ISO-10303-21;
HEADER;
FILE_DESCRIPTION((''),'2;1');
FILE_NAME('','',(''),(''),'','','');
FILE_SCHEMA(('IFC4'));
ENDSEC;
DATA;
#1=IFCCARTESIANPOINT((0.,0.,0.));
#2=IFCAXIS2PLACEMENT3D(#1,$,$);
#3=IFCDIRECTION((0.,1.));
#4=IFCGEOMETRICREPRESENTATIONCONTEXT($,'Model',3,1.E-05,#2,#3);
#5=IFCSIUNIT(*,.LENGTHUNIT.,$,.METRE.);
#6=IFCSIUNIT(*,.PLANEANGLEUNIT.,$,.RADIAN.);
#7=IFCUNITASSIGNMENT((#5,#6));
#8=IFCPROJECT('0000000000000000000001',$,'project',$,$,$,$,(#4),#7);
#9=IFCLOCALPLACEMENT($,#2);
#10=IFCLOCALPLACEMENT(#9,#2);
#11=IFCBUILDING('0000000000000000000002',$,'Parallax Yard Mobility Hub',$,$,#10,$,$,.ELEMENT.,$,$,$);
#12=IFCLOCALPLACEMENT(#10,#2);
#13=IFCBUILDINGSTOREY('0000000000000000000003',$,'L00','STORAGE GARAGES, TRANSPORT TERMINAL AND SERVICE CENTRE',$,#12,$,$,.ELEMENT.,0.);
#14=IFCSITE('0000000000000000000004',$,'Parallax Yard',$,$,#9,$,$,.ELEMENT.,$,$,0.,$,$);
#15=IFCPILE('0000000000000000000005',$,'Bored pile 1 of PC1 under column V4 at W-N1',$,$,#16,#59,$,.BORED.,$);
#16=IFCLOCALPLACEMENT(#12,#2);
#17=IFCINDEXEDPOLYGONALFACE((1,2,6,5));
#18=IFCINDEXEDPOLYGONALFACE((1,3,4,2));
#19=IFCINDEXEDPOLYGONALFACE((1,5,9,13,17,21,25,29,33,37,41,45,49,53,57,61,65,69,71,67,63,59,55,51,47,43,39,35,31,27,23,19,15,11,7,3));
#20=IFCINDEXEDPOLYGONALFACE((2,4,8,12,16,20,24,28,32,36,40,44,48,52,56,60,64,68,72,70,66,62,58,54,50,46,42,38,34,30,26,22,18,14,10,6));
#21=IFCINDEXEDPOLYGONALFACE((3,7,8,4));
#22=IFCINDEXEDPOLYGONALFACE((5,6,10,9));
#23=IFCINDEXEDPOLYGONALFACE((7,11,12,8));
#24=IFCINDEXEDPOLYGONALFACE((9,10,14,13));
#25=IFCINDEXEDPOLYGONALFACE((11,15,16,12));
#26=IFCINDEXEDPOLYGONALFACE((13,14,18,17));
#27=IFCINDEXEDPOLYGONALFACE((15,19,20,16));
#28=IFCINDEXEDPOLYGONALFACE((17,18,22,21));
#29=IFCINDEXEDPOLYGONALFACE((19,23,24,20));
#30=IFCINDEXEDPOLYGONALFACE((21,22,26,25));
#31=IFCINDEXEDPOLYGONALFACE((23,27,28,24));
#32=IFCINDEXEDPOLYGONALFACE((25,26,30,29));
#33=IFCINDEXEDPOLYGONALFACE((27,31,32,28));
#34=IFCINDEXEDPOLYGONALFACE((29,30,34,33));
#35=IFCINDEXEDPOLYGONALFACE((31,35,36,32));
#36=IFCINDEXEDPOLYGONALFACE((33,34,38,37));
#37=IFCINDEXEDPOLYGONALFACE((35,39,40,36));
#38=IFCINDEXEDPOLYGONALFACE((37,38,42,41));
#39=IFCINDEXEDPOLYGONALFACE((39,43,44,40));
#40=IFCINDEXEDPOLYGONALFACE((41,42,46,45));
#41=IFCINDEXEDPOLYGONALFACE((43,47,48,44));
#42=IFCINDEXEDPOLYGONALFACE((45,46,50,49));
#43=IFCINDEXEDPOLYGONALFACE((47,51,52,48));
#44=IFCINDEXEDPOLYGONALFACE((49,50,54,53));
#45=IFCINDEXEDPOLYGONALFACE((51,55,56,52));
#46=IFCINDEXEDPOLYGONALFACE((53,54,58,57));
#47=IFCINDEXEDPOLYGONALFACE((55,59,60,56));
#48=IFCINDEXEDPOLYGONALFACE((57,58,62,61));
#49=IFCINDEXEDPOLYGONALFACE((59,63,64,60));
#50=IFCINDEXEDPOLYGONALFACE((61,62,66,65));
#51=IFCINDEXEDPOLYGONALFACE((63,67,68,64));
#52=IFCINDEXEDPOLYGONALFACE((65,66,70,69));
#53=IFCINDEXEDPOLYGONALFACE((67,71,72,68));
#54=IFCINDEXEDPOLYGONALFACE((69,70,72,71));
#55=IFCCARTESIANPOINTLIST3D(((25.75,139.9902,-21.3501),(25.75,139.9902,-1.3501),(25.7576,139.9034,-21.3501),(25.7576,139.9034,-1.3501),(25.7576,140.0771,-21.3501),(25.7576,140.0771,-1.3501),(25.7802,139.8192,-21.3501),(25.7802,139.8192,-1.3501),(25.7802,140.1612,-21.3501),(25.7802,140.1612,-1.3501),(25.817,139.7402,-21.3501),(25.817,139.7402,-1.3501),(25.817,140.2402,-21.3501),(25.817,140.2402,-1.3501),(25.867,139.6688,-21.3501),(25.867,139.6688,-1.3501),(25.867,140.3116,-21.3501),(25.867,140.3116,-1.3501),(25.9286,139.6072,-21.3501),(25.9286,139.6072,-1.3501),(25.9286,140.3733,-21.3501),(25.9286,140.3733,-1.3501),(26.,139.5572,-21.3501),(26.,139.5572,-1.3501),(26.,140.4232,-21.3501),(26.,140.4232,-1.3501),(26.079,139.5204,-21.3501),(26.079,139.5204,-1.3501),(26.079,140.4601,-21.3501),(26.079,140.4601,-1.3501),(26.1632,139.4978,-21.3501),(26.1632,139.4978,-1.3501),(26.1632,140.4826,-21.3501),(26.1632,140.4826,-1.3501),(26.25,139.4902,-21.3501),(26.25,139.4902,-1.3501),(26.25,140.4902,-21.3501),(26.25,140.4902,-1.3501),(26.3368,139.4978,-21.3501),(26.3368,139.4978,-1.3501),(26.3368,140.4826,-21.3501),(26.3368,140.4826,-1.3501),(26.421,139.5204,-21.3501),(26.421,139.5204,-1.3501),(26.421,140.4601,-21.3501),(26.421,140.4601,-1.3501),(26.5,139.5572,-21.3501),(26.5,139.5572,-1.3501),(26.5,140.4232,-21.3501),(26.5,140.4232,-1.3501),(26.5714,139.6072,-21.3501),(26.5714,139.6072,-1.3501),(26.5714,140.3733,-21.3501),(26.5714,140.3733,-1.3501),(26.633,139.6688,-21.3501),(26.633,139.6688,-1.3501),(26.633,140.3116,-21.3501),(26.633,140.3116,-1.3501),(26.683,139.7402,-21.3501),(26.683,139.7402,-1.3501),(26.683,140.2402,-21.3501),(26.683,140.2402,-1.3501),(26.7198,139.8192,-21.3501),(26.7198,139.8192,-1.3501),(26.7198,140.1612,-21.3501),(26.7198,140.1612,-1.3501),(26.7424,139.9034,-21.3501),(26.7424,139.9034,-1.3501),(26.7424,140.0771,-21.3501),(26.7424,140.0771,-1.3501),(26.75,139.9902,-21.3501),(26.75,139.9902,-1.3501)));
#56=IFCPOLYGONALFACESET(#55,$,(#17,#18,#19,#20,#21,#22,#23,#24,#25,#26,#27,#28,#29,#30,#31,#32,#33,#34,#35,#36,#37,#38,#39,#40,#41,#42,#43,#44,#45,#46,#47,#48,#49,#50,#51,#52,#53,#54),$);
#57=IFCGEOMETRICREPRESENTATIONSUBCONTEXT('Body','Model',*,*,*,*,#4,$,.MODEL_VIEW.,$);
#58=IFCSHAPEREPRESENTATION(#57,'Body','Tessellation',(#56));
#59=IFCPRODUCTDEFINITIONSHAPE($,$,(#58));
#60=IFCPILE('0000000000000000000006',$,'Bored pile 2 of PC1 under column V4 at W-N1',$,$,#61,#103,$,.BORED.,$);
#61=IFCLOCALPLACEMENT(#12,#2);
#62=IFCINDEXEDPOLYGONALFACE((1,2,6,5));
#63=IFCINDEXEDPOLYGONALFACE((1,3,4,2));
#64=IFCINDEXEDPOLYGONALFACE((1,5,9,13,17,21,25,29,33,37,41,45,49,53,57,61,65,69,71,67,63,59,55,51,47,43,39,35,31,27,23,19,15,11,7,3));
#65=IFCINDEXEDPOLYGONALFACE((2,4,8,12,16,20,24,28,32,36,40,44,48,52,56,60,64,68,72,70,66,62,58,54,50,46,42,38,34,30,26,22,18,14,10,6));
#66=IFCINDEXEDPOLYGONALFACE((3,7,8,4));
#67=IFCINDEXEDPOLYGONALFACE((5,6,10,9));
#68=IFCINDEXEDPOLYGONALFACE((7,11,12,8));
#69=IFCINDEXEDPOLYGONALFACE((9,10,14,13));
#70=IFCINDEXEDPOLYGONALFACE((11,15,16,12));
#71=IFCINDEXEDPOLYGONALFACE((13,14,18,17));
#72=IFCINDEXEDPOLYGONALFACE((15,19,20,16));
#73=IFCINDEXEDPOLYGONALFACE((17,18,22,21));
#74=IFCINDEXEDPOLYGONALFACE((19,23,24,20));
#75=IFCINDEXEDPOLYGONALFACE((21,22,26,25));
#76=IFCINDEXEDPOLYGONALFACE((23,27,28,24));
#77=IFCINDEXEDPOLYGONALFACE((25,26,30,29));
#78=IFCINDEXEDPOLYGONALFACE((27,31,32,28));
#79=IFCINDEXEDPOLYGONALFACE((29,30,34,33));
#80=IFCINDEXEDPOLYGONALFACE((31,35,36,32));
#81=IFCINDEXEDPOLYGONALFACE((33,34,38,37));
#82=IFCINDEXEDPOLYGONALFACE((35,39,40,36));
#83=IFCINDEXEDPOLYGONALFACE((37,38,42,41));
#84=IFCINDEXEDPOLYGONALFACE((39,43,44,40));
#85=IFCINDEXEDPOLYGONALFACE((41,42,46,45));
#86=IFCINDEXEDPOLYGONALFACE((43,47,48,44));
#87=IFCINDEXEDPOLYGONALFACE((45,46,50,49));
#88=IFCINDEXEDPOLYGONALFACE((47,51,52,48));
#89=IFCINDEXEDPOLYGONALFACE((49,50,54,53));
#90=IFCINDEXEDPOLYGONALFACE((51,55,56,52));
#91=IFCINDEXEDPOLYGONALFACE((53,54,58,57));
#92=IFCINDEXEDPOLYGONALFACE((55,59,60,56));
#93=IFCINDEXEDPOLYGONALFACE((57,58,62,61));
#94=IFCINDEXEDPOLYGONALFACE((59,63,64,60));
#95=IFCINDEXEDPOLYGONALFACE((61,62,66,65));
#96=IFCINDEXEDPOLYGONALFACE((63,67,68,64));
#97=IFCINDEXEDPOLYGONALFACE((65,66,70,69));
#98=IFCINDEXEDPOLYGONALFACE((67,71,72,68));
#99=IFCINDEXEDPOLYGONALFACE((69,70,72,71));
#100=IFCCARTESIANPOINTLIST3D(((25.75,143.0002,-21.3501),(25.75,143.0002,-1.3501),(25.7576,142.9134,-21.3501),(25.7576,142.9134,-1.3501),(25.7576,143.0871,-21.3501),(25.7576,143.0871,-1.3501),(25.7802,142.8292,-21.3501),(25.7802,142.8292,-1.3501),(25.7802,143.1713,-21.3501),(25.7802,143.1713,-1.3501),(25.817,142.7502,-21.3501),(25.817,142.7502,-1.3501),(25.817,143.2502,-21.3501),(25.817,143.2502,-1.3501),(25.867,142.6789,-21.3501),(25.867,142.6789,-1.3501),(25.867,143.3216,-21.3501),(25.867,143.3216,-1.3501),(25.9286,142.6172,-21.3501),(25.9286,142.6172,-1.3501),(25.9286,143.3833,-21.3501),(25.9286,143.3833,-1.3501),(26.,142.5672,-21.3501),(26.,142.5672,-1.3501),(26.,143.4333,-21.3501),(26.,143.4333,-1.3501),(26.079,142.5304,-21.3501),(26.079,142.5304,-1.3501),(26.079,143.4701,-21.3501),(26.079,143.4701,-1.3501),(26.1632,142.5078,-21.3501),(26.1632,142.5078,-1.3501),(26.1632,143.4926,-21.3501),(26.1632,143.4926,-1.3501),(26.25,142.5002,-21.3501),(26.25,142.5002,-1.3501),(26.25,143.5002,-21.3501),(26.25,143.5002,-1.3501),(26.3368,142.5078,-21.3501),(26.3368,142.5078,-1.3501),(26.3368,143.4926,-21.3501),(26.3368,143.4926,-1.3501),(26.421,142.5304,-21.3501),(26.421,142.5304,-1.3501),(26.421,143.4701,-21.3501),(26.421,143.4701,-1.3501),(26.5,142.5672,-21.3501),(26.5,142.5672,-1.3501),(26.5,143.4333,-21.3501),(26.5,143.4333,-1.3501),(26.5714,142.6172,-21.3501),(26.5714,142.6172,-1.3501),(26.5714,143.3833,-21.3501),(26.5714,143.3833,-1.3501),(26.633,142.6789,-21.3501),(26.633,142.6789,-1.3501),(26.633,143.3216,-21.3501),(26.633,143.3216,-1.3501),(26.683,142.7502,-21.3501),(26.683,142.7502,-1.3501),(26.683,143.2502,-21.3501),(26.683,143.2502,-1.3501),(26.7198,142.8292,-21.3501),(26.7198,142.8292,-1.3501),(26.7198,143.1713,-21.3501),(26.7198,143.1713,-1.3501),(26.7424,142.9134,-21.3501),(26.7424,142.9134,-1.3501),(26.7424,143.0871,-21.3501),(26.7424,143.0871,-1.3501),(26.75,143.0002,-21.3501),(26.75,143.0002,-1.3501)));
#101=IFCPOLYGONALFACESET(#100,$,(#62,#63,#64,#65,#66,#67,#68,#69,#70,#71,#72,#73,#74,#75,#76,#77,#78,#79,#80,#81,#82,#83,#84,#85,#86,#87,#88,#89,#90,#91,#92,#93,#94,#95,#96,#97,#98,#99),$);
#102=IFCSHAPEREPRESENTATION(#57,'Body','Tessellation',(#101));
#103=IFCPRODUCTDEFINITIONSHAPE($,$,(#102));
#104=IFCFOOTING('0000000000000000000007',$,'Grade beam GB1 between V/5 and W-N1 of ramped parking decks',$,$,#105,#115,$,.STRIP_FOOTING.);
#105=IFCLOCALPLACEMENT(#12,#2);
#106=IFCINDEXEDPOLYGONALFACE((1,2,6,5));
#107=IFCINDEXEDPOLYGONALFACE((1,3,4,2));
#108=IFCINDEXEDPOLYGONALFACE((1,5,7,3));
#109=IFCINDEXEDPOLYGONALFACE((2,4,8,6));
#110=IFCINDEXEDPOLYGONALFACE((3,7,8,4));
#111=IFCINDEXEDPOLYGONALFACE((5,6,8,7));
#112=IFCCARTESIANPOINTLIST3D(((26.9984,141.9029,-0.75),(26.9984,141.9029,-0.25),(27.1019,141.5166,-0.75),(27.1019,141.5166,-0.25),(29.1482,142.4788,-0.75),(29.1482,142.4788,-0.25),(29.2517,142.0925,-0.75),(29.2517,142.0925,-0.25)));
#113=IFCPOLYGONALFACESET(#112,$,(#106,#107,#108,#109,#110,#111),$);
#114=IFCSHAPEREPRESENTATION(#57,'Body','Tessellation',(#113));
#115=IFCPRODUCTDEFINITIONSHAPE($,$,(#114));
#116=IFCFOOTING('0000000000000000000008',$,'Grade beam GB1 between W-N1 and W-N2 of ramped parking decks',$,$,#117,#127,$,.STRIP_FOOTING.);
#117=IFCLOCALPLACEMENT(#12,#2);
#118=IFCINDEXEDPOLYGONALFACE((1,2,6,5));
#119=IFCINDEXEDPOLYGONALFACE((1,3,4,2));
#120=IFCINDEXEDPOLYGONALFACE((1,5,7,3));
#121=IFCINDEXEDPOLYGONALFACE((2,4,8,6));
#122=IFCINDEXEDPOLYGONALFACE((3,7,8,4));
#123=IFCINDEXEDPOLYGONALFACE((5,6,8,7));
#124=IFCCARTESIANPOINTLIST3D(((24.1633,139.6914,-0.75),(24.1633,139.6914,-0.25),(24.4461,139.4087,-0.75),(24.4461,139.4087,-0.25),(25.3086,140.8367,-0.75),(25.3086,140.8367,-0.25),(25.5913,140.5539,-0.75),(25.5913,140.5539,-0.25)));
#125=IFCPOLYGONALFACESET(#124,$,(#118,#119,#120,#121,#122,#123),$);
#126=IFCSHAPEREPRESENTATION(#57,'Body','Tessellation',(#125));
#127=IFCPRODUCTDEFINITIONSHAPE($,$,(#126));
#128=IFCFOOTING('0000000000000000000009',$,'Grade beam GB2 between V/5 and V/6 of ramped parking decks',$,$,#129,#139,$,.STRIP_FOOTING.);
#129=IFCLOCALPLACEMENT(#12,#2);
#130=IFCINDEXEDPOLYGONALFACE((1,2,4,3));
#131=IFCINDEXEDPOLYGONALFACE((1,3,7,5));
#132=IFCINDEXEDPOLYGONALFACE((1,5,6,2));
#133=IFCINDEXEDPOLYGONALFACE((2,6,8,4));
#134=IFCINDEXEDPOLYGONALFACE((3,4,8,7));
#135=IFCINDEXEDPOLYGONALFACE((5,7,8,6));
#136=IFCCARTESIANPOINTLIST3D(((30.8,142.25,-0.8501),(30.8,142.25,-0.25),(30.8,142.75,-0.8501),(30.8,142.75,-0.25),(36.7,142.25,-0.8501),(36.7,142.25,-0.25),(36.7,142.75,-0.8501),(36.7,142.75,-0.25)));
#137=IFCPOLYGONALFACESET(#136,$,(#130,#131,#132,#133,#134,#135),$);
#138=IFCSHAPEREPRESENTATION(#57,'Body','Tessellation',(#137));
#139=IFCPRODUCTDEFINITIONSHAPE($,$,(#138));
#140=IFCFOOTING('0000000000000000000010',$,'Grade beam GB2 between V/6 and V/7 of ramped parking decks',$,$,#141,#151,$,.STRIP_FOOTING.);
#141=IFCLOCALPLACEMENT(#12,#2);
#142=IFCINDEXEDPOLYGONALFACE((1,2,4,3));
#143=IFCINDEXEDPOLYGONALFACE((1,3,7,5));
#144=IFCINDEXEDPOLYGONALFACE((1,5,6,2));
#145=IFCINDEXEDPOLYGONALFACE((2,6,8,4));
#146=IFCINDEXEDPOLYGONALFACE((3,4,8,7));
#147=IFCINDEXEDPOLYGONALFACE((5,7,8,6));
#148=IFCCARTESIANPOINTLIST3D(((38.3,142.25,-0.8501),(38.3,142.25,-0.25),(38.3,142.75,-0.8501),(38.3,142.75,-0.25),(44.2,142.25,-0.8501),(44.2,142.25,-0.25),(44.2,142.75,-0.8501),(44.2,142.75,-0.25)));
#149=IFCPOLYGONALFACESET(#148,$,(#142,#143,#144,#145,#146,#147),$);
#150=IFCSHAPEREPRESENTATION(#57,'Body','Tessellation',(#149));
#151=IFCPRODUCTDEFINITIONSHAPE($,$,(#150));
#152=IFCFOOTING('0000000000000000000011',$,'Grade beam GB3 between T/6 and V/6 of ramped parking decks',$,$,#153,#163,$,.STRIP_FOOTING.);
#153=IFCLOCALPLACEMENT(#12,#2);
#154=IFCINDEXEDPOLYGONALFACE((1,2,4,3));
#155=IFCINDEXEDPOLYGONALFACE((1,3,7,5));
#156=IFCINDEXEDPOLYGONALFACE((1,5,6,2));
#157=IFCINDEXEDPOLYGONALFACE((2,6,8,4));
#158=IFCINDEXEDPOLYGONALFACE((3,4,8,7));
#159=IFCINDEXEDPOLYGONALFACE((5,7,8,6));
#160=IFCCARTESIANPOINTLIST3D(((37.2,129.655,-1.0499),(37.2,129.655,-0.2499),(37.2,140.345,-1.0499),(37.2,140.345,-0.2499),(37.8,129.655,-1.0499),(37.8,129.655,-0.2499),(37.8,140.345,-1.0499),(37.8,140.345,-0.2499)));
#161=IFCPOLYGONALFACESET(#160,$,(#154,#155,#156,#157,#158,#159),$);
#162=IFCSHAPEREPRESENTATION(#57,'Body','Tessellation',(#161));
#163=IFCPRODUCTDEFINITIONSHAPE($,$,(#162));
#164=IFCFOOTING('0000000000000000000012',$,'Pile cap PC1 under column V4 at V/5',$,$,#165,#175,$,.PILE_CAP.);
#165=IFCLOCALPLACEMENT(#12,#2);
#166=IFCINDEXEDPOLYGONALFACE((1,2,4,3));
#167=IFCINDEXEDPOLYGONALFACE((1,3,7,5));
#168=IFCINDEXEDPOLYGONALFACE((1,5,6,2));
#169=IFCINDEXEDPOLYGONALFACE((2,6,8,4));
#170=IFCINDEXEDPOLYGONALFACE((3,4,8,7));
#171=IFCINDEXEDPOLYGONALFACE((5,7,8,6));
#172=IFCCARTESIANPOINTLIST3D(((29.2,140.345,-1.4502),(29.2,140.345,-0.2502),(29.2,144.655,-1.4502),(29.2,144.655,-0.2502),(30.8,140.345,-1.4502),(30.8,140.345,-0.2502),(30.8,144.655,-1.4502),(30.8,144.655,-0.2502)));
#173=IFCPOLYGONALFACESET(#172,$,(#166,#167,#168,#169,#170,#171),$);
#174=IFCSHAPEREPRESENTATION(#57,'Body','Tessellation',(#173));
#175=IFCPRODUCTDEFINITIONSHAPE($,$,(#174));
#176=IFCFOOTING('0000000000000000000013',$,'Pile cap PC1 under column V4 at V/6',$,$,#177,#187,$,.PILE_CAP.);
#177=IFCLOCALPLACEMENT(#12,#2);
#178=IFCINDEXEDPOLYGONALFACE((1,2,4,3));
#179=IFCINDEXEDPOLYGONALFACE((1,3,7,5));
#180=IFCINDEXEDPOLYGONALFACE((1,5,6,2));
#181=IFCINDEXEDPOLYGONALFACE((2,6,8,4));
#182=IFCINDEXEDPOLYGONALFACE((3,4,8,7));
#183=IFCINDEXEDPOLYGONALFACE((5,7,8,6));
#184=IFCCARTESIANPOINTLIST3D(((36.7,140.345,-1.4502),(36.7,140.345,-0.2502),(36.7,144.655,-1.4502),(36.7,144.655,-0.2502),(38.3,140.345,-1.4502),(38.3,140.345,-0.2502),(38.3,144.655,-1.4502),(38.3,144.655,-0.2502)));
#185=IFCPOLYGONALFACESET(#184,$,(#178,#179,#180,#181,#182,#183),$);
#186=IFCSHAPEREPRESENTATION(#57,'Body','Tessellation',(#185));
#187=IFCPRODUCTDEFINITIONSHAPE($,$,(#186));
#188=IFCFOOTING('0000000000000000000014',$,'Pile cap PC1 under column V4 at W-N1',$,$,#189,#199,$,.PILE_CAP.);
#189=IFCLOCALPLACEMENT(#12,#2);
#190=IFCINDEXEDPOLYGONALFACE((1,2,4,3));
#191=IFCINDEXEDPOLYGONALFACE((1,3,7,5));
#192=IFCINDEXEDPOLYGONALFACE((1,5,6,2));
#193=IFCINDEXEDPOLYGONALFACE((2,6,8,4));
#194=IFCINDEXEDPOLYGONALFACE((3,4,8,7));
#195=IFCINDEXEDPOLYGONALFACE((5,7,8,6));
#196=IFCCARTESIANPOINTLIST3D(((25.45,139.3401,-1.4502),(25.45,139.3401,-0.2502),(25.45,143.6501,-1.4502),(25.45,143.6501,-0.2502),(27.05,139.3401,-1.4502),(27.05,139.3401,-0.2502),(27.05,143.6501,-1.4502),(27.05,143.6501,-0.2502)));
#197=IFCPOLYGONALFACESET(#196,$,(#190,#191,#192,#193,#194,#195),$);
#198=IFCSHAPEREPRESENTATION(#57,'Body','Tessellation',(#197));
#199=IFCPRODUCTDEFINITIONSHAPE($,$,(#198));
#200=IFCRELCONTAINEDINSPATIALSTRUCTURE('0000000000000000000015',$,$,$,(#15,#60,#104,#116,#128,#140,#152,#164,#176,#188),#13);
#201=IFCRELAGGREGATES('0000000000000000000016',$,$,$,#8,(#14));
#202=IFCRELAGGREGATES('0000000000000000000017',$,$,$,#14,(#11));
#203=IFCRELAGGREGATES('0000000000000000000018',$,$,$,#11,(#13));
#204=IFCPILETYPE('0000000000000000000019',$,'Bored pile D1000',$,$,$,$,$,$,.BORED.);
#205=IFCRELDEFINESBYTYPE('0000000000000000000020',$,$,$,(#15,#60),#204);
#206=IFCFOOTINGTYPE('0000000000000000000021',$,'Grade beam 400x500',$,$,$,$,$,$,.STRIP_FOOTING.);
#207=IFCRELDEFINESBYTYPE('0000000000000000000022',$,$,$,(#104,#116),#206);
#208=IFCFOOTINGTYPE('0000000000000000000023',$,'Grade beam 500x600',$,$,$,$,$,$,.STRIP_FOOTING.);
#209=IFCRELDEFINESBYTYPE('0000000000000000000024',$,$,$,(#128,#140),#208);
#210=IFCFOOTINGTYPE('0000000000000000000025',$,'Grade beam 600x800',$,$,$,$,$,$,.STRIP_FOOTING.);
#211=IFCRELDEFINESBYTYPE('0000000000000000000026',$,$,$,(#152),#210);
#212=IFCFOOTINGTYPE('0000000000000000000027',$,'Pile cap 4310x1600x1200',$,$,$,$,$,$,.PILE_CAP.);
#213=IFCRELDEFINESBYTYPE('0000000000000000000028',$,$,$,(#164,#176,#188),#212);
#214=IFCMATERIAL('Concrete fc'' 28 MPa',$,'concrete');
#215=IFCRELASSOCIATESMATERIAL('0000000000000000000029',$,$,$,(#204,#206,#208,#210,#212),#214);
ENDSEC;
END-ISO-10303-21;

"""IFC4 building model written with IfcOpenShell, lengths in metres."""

from ifc_helpers import new_model, si_unit, direction, frame, origin, origin_2d, place, context, subcontext, project, spatial, rectangle, circle, extrude, material, material_profile, profile_set, type_object, element, save


model = new_model("IFC4")

# Units and contexts
model_context = context("Model", 3, precision=1e-05, world=origin(), true_north=direction((0.0, 1.0)))
body_context = subcontext(model_context, "Body", "Model", "MODEL_VIEW")
ifc_project = project(units=[si_unit("LENGTHUNIT", "METRE"), si_unit("PLANEANGLEUNIT", "RADIAN")], contexts=[model_context])

# Site, building, storey
site_placement = place(None, origin())
site = spatial("IfcSite", under=ifc_project, at=site_placement, Name="Parallax Yard", CompositionType="ELEMENT", RefElevation=0.0)
building_placement = place(site_placement, origin())
building = spatial("IfcBuilding", under=site, at=building_placement, Name="Parallax Yard Mobility Hub", CompositionType="ELEMENT")
storey_placement = place(building_placement, origin())
storey = spatial("IfcBuildingStorey", under=building, at=storey_placement, Name="L00", Description="STORAGE GARAGES, TRANSPORT TERMINAL AND SERVICE CENTRE", CompositionType="ELEMENT", Elevation=0.0)

# Piles
ifc_material_1 = material(Name="Concrete fc' 28 MPa", Category="concrete")
ifc_material_profile_1 = material_profile(ifc_material_1, circle(Radius=0.5, at=origin_2d()), Name="Bored pile D1000")
ifc_profile_set_1 = profile_set([ifc_material_profile_1], Name="Concrete fc' 28 MPa")
pile_type = type_object("IfcPileType", Name="Bored pile D1000", PredefinedType="BORED", material=ifc_profile_set_1)
for number, where, z_axis, x_axis, name in (
    (1, (26.25, 139.9902, -1.3501), (0.0, 0.0, -1.0), (1.0, 0.0, 0.0), "Bored pile 1 of PC1 under column V4 at W-N1"),
    (2, (26.25, 143.0002, -1.3501), (0.0, 0.0, -1.0), (1.0, 0.0, 0.0), "Bored pile 2 of PC1 under column V4 at W-N1"),
):
    element("IfcPile", number, at=place(storey_placement, frame(where, z_axis=z_axis, x_axis=x_axis)), inside=storey, type_object=pile_type, Name=name, PredefinedType="BORED", context=body_context, shape_type="SweptSolid", body=[
        extrude(circle(Radius=0.5, at=origin_2d()), origin(), (0.0, 0.0, 1.0), 20.0),
    ])

# Footings
ifc_material_profile_2 = material_profile(ifc_material_1, rectangle(XDim=0.3999, YDim=0.5, at=origin_2d()), Name="Grade beam 400x500")
ifc_profile_set_2 = profile_set([ifc_material_profile_2], Name="Concrete fc' 28 MPa")
footing_type_1 = type_object("IfcFootingType", Name="Grade beam 400x500", PredefinedType="STRIP_FOOTING", material=ifc_profile_set_2)
footing_1_placement = place(storey_placement, frame((29.2, 142.2856, -0.5), z_axis=(-0.965941, -0.258762, 0.0), x_axis=(0.258762, -0.965941, 0.0)))
element("IfcFooting", 3, at=footing_1_placement, inside=storey, type_object=footing_type_1, Name="Grade beam GB1 between V/5 and W-N1 of ramped parking decks", PredefinedType="STRIP_FOOTING", context=body_context, shape_type="SweptSolid", body=[
    extrude(rectangle(XDim=0.3999, YDim=0.5, at=origin_2d()), origin(), (0.0, 0.0, 1.0), 2.2256),
])
footing_2_placement = place(storey_placement, frame((25.45, 140.6953, -0.5), z_axis=(-0.707107, -0.707107, 0.0), x_axis=(0.707107, -0.707107, 0.0)))
element("IfcFooting", 4, at=footing_2_placement, inside=storey, type_object=footing_type_1, Name="Grade beam GB1 between W-N1 and W-N2 of ramped parking decks", PredefinedType="STRIP_FOOTING", context=body_context, shape_type="SweptSolid", body=[
    extrude(rectangle(XDim=0.3999, YDim=0.5, at=origin_2d()), origin(), (0.0, 0.0, 1.0), 1.6196),
])
ifc_material_profile_3 = material_profile(ifc_material_1, rectangle(XDim=0.5, YDim=0.6001, at=origin_2d()), Name="Grade beam 500x600")
ifc_profile_set_3 = profile_set([ifc_material_profile_3], Name="Concrete fc' 28 MPa")
footing_type_2 = type_object("IfcFootingType", Name="Grade beam 500x600", PredefinedType="STRIP_FOOTING", material=ifc_profile_set_3)
for number, where, z_axis, x_axis, name in (
    (5, (30.8, 142.5, -0.55), (1.0, 0.0, 0.0), (0.0, 1.0, 0.0), "Grade beam GB2 between V/5 and V/6 of ramped parking decks"),
    (6, (38.3, 142.5, -0.55), (1.0, 0.0, 0.0), (0.0, 1.0, 0.0), "Grade beam GB2 between V/6 and V/7 of ramped parking decks"),
):
    element("IfcFooting", number, at=place(storey_placement, frame(where, z_axis=z_axis, x_axis=x_axis)), inside=storey, type_object=footing_type_2, Name=name, PredefinedType="STRIP_FOOTING", context=body_context, shape_type="SweptSolid", body=[
        extrude(rectangle(XDim=0.5, YDim=0.6001, at=origin_2d()), origin(), (0.0, 0.0, 1.0), 5.8999),
    ])
ifc_material_profile_4 = material_profile(ifc_material_1, rectangle(XDim=0.6001, YDim=0.8, at=origin_2d()), Name="Grade beam 600x800")
ifc_profile_set_4 = profile_set([ifc_material_profile_4], Name="Concrete fc' 28 MPa")
footing_type_3 = type_object("IfcFootingType", Name="Grade beam 600x800", PredefinedType="STRIP_FOOTING", material=ifc_profile_set_4)
footing_3_placement = place(storey_placement, frame((37.5, 129.655, -0.6499), z_axis=(0.0, 1.0, 0.0), x_axis=(-1.0, 0.0, 0.0)))
element("IfcFooting", 7, at=footing_3_placement, inside=storey, type_object=footing_type_3, Name="Grade beam GB3 between T/6 and V/6 of ramped parking decks", PredefinedType="STRIP_FOOTING", context=body_context, shape_type="SweptSolid", body=[
    extrude(rectangle(XDim=0.6001, YDim=0.8, at=origin_2d()), origin(), (0.0, 0.0, 1.0), 10.6899),
])
footing_type_4 = type_object("IfcFootingType", Name="Pile cap 4310x1600x1200", PredefinedType="PILE_CAP", material=ifc_material_1)
for number, where, z_axis, x_axis, name in (
    (8, (30.0, 142.5, -1.4502), (0.0, 0.0, 1.0), (0.0, 1.0, 0.0), "Pile cap PC1 under column V4 at V/5"),
    (9, (37.5, 142.5, -1.4502), (0.0, 0.0, 1.0), (0.0, 1.0, 0.0), "Pile cap PC1 under column V4 at V/6"),
    (10, (26.25, 141.4951, -1.4502), (0.0, 0.0, 1.0), (0.0, 1.0, 0.0), "Pile cap PC1 under column V4 at W-N1"),
):
    element("IfcFooting", number, at=place(storey_placement, frame(where, z_axis=z_axis, x_axis=x_axis)), inside=storey, type_object=footing_type_4, Name=name, PredefinedType="PILE_CAP", context=body_context, shape_type="SweptSolid", body=[
        extrude(rectangle(XDim=4.3101, YDim=1.6001, at=origin_2d()), origin(), (0.0, 0.0, 1.0), 1.2),
    ])

save(model, "model.ifc")
